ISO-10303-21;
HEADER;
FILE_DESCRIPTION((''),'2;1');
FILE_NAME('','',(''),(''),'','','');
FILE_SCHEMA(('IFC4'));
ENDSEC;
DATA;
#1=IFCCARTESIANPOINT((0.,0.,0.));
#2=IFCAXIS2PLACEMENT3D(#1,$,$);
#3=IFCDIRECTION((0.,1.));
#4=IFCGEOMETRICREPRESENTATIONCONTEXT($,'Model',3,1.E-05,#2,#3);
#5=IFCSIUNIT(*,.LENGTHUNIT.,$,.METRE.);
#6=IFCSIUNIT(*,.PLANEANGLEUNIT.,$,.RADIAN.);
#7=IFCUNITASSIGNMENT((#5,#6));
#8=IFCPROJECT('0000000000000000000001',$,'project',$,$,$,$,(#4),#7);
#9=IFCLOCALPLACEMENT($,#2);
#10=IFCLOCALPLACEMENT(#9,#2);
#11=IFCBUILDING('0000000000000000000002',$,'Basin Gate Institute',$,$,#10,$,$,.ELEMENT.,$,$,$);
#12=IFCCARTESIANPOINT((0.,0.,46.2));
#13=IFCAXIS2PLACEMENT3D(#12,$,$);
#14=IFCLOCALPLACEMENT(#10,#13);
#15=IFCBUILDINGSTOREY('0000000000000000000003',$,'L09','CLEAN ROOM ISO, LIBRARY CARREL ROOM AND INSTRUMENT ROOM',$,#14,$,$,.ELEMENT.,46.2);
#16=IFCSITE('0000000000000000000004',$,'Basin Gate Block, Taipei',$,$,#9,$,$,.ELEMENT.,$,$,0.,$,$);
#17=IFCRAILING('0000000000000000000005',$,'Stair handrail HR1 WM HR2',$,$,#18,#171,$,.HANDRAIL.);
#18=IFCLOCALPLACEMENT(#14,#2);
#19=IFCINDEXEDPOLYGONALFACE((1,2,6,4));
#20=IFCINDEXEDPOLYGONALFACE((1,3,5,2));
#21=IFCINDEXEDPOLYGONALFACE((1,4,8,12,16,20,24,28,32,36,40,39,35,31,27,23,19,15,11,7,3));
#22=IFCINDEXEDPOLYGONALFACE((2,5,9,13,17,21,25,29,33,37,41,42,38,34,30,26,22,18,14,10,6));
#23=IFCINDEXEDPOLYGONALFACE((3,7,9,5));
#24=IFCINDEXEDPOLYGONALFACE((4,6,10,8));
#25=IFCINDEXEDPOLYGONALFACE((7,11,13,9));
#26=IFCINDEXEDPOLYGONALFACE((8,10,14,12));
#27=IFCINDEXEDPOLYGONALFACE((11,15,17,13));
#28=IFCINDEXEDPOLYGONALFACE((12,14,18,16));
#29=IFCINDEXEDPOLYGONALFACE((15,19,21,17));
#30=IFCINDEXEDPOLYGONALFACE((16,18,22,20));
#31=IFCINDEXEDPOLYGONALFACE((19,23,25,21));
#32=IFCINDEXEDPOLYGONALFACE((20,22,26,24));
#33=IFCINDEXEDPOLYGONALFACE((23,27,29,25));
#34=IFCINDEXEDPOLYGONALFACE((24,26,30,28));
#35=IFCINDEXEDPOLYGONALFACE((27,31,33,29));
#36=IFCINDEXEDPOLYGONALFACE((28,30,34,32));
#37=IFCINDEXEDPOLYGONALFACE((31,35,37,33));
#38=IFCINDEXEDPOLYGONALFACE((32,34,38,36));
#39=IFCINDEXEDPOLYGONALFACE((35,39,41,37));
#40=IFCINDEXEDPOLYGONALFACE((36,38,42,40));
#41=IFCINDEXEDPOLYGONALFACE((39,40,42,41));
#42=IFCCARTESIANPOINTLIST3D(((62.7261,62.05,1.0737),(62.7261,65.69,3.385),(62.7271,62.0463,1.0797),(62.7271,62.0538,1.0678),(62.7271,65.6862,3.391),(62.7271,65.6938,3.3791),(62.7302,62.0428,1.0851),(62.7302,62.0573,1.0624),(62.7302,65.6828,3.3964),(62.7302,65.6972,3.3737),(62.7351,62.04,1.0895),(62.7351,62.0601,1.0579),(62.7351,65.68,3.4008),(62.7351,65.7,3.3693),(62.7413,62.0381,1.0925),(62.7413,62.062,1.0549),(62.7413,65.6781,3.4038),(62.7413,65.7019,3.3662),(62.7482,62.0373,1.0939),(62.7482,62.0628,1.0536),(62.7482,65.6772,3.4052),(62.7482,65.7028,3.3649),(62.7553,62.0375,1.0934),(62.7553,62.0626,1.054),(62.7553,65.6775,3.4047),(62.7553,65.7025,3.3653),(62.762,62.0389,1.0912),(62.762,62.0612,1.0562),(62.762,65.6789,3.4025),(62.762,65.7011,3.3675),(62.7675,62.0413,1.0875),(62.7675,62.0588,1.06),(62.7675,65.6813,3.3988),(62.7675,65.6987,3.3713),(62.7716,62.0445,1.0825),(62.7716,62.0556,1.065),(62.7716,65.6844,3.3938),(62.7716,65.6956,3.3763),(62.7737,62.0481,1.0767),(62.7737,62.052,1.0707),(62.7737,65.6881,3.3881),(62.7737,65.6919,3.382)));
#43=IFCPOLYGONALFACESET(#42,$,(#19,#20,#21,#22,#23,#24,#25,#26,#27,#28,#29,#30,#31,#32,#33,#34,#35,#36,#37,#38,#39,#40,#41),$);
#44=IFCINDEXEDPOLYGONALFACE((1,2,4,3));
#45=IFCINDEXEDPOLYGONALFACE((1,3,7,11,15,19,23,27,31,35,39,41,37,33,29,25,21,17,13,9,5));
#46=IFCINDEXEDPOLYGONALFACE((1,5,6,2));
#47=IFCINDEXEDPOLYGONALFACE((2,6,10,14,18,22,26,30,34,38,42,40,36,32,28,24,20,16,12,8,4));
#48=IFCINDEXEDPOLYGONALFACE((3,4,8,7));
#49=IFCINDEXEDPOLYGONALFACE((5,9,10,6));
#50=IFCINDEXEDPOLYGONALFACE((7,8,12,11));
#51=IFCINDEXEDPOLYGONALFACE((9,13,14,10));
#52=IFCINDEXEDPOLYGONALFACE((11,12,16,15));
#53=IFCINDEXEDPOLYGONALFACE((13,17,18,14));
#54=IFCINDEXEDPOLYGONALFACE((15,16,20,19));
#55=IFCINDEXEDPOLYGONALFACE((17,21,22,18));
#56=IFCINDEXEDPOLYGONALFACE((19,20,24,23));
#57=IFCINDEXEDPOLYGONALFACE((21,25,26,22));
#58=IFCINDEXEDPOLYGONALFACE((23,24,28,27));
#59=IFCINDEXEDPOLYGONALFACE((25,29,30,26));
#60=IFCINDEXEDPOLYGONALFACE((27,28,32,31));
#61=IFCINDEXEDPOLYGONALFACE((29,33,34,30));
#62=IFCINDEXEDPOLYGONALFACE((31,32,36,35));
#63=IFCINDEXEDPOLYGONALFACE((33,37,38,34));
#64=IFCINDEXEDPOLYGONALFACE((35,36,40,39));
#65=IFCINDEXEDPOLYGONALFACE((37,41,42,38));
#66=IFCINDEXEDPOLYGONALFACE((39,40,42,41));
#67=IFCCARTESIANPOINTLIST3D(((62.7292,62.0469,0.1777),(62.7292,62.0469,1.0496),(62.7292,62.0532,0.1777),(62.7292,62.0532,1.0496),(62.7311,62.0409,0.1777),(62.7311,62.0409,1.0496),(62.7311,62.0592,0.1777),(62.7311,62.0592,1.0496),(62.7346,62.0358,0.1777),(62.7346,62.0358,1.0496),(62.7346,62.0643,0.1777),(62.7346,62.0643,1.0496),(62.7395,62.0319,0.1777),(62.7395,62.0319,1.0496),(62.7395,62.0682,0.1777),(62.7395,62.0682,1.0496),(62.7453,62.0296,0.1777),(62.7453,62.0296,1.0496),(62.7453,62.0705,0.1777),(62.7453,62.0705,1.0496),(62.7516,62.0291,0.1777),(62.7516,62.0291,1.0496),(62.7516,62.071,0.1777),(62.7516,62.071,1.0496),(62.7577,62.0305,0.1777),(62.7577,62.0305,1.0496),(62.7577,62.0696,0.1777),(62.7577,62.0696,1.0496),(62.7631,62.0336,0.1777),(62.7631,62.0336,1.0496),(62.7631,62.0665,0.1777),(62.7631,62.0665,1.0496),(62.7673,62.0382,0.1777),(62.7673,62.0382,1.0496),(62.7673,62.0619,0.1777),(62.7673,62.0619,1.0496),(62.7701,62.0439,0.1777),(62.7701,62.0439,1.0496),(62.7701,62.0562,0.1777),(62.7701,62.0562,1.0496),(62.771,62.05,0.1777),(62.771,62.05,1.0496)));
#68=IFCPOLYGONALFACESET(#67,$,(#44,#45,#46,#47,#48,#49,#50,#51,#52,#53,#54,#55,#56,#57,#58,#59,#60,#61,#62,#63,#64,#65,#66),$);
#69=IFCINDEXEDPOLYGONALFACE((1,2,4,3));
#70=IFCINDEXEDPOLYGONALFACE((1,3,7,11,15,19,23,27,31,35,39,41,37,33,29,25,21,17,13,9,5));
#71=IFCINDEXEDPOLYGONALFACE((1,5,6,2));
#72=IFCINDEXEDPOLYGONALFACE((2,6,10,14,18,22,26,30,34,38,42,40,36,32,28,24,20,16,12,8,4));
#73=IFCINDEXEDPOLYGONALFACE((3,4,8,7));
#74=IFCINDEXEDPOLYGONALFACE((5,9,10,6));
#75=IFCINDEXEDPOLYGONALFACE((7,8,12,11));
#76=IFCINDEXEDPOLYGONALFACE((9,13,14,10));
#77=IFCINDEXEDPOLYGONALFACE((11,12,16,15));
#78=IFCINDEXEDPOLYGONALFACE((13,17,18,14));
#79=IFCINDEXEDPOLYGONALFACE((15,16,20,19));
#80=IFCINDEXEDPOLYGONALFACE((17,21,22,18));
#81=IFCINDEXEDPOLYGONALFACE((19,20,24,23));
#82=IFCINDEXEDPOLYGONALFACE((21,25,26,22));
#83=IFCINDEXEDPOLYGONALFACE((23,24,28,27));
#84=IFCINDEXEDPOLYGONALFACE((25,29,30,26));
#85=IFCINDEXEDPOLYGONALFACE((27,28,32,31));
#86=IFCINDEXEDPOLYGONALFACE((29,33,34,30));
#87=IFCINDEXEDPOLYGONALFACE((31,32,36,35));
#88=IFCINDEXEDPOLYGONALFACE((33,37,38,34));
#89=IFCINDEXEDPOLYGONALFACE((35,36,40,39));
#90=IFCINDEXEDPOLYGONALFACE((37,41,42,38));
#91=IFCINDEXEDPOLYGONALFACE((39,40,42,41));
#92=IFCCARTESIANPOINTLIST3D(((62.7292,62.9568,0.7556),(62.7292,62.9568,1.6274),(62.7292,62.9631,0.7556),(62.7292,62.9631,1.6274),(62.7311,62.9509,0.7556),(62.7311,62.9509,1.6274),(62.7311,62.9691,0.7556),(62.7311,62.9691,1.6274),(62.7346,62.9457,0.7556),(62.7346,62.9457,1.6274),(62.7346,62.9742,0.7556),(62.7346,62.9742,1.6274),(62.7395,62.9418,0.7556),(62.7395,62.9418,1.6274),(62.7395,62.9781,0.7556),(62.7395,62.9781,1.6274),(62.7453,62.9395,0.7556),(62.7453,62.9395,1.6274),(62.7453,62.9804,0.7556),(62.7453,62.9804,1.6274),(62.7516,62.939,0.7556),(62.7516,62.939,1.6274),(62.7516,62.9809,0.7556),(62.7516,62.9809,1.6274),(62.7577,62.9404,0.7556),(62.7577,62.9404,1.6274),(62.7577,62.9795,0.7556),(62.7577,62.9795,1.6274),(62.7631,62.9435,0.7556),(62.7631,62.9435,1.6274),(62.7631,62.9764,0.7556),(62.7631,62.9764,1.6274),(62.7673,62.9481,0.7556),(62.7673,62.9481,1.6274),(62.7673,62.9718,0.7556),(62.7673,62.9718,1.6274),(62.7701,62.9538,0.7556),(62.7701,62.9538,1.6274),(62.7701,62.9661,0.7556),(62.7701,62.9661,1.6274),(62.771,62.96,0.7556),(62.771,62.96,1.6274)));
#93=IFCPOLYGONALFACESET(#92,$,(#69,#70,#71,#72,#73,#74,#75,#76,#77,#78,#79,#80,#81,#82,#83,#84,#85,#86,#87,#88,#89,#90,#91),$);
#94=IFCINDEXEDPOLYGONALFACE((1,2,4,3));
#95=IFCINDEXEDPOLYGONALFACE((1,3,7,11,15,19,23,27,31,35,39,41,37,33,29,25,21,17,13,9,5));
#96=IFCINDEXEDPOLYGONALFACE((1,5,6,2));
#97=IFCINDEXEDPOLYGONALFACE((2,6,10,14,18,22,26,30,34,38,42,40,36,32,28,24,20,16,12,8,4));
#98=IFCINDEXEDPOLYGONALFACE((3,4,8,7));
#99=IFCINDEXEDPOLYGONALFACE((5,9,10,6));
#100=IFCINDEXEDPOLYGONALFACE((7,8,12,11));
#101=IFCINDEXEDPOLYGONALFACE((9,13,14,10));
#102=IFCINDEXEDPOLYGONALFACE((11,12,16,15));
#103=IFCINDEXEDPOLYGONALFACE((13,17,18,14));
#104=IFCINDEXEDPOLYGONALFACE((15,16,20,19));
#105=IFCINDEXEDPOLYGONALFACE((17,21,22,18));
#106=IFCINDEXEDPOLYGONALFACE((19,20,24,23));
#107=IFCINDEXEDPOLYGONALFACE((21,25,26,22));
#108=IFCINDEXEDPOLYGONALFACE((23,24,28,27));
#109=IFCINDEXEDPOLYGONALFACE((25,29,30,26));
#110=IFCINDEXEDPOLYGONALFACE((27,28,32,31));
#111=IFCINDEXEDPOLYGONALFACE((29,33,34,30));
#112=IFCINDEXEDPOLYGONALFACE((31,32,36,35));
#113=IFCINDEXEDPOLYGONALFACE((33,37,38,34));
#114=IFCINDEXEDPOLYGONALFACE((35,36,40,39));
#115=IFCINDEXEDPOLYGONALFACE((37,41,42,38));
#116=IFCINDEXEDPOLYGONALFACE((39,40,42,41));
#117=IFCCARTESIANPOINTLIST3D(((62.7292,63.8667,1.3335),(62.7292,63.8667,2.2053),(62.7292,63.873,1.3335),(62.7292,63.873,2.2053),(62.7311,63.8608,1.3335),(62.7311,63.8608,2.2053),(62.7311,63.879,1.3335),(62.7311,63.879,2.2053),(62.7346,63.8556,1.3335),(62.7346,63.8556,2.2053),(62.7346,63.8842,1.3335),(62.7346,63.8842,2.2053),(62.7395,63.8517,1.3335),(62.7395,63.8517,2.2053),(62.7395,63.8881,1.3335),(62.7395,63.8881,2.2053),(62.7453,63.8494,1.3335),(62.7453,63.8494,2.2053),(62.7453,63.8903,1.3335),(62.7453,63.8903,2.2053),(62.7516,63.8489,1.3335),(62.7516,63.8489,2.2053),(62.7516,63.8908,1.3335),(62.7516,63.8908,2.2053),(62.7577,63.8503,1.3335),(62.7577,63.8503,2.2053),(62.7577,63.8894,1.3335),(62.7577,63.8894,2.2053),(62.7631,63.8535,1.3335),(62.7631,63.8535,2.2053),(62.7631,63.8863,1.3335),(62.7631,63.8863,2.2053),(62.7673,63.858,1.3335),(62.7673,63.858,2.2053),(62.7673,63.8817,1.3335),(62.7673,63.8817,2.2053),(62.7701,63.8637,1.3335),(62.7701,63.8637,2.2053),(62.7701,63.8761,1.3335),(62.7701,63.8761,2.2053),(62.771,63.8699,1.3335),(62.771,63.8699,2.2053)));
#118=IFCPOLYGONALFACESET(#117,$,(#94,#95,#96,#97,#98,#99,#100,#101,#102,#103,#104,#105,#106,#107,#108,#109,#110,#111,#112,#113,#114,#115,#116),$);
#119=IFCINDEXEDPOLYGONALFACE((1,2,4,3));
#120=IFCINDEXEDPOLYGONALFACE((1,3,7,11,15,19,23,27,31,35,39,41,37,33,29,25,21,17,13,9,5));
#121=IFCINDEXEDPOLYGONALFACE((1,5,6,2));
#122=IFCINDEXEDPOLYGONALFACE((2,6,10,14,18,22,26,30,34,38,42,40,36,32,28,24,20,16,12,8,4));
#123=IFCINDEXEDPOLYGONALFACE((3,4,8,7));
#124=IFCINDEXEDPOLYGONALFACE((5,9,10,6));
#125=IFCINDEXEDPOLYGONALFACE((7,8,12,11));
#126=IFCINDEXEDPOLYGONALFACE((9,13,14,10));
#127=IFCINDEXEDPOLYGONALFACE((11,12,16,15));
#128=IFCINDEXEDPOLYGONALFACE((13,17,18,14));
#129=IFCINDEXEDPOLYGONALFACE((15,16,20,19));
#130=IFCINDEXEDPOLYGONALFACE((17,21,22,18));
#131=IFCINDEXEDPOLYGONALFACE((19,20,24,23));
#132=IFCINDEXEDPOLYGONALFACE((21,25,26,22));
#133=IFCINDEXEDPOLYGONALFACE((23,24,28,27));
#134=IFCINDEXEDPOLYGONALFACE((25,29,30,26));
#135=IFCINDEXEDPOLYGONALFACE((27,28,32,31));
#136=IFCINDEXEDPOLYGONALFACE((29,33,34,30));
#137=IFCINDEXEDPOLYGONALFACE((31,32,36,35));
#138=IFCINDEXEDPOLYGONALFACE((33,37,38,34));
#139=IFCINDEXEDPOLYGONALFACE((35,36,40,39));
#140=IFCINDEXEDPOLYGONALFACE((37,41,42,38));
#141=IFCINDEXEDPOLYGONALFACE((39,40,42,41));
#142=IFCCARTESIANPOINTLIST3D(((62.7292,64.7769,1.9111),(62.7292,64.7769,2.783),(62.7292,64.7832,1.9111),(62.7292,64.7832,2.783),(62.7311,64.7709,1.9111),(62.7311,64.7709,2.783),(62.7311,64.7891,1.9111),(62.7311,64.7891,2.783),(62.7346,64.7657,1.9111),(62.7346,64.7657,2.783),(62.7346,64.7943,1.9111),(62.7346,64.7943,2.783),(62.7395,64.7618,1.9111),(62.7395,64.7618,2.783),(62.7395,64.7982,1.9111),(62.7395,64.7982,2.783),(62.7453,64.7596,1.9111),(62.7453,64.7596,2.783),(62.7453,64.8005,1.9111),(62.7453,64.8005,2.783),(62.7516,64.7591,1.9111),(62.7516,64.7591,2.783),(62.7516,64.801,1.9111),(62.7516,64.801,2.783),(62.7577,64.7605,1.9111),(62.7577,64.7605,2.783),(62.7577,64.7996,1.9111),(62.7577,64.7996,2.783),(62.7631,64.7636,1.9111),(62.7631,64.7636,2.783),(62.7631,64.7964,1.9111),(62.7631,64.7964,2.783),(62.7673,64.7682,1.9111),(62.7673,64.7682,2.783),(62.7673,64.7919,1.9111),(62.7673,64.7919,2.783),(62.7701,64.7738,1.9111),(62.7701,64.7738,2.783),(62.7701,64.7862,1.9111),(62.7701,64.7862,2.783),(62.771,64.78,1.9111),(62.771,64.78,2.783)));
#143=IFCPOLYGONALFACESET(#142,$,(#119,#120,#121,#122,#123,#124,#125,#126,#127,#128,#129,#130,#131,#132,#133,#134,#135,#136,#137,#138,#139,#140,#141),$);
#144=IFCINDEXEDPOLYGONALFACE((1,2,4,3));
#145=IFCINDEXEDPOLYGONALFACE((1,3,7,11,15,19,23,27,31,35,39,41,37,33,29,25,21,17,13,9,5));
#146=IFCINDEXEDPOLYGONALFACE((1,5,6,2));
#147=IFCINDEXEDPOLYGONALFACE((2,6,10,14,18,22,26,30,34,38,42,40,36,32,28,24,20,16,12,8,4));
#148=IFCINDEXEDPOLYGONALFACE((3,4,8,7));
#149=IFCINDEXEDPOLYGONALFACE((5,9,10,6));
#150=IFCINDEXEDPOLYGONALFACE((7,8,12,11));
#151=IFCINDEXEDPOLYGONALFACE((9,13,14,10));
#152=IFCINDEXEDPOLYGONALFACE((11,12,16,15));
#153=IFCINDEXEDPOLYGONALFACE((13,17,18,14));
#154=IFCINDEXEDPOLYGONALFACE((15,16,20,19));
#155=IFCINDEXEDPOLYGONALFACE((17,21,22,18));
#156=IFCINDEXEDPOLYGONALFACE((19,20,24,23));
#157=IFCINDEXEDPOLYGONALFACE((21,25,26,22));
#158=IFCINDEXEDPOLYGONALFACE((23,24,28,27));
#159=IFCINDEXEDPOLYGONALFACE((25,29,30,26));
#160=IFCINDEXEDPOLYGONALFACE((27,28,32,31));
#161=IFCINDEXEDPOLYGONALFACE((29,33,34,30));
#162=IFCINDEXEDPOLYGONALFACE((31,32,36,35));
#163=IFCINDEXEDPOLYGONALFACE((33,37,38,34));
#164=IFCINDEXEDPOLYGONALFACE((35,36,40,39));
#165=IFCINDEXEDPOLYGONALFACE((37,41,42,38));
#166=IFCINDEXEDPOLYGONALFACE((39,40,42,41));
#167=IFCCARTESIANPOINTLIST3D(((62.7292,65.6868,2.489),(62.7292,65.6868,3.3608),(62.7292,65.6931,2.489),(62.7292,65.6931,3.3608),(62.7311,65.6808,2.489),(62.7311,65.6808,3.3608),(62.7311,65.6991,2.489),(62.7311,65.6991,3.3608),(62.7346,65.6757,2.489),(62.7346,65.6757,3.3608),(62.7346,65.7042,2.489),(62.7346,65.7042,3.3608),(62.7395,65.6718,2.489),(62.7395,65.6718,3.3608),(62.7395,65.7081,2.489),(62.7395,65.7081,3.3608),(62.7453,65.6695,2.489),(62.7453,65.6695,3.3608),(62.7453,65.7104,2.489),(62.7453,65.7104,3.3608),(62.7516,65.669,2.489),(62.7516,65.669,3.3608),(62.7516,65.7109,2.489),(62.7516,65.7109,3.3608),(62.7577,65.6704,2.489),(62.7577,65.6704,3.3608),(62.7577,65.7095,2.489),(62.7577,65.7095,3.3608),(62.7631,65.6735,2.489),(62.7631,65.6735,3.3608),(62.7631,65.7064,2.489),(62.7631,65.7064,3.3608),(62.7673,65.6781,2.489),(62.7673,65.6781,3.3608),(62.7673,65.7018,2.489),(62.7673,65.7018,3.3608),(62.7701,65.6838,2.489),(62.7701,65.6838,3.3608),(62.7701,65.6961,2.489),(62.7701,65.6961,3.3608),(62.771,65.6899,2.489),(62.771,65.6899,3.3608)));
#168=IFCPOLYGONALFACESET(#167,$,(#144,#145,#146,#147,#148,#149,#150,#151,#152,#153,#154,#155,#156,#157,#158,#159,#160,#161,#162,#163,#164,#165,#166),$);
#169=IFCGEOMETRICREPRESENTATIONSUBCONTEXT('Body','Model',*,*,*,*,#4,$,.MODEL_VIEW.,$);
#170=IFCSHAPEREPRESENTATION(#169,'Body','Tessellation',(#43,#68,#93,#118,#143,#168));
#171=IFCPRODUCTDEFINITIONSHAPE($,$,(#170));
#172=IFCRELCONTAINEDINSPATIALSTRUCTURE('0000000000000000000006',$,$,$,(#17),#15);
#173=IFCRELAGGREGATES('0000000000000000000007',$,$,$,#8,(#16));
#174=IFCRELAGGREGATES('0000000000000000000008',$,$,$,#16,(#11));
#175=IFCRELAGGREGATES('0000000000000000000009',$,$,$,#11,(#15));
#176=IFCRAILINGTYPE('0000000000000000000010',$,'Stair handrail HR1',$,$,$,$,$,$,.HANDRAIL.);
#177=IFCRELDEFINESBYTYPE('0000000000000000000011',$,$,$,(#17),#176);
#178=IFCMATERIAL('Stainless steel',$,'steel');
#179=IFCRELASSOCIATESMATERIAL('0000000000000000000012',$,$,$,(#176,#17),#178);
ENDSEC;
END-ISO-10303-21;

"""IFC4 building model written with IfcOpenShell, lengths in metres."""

from ifc_helpers import new_model, si_unit, direction, frame, origin, origin_2d, place, context, subcontext, project, spatial, circle, extrude, material, type_object, element, save


model = new_model("IFC4")

# Units and contexts
model_context = context("Model", 3, precision=1e-05, world=origin(), true_north=direction((0.0, 1.0)))
body_context = subcontext(model_context, "Body", "Model", "MODEL_VIEW")
ifc_project = project(units=[si_unit("LENGTHUNIT", "METRE"), si_unit("PLANEANGLEUNIT", "RADIAN")], contexts=[model_context])

# Site, building, storey
site_placement = place(None, origin())
site = spatial("IfcSite", under=ifc_project, at=site_placement, Name="Basin Gate Block, Taipei", CompositionType="ELEMENT", RefElevation=0.0)
building_placement = place(site_placement, origin())
building = spatial("IfcBuilding", under=site, at=building_placement, Name="Basin Gate Institute", CompositionType="ELEMENT")
storey_placement = place(building_placement, frame((0.0, 0.0, 46.2)))
storey = spatial("IfcBuildingStorey", under=building, at=storey_placement, Name="L09", Description="CLEAN ROOM ISO, LIBRARY CARREL ROOM AND INSTRUMENT ROOM", CompositionType="ELEMENT", Elevation=46.2)

# Railing
ifc_material_1 = material(Name="Stainless steel", Category="steel")
railing_type_1 = type_object("IfcRailingType", Name="Stair handrail HR1", PredefinedType="HANDRAIL", material=ifc_material_1)
for number, where, name in (
    (1, (62.75, 62.05, 0.1777), "Stair handrail HR1 WM HR2"),
):
    element("IfcRailing", number, at=place(storey_placement, frame(where)), inside=storey, type_object=railing_type_1, material=ifc_material_1, Name=name, PredefinedType="HANDRAIL", context=body_context, shape_type="SweptSolid", body=[
        extrude(circle(Radius=0.0239, at=origin_2d()), frame((0.0, 0.0, 0.896), z_axis=(0.0, 0.844188, 0.536047), x_axis=(-1.0, 0.0, 0.0)), (0.0, 0.0, 1.0), 4.3118),
        extrude(circle(Radius=0.021, at=origin_2d()), origin(), (0.0, 0.0, 1.0), 0.8718),
        extrude(circle(Radius=0.021, at=origin_2d()), frame((0.0, 0.9099, 0.5779)), (0.0, 0.0, 1.0), 0.8718),
        extrude(circle(Radius=0.021, at=origin_2d()), frame((0.0, 1.8198, 1.1558)), (0.0, 0.0, 1.0), 0.8718),
        extrude(circle(Radius=0.021, at=origin_2d()), frame((0.0, 2.73, 1.7334)), (0.0, 0.0, 1.0), 0.8718),
        extrude(circle(Radius=0.021, at=origin_2d()), frame((0.0, 3.6399, 2.3113)), (0.0, 0.0, 1.0), 0.8718),
    ])

save(model, "model.ifc")
